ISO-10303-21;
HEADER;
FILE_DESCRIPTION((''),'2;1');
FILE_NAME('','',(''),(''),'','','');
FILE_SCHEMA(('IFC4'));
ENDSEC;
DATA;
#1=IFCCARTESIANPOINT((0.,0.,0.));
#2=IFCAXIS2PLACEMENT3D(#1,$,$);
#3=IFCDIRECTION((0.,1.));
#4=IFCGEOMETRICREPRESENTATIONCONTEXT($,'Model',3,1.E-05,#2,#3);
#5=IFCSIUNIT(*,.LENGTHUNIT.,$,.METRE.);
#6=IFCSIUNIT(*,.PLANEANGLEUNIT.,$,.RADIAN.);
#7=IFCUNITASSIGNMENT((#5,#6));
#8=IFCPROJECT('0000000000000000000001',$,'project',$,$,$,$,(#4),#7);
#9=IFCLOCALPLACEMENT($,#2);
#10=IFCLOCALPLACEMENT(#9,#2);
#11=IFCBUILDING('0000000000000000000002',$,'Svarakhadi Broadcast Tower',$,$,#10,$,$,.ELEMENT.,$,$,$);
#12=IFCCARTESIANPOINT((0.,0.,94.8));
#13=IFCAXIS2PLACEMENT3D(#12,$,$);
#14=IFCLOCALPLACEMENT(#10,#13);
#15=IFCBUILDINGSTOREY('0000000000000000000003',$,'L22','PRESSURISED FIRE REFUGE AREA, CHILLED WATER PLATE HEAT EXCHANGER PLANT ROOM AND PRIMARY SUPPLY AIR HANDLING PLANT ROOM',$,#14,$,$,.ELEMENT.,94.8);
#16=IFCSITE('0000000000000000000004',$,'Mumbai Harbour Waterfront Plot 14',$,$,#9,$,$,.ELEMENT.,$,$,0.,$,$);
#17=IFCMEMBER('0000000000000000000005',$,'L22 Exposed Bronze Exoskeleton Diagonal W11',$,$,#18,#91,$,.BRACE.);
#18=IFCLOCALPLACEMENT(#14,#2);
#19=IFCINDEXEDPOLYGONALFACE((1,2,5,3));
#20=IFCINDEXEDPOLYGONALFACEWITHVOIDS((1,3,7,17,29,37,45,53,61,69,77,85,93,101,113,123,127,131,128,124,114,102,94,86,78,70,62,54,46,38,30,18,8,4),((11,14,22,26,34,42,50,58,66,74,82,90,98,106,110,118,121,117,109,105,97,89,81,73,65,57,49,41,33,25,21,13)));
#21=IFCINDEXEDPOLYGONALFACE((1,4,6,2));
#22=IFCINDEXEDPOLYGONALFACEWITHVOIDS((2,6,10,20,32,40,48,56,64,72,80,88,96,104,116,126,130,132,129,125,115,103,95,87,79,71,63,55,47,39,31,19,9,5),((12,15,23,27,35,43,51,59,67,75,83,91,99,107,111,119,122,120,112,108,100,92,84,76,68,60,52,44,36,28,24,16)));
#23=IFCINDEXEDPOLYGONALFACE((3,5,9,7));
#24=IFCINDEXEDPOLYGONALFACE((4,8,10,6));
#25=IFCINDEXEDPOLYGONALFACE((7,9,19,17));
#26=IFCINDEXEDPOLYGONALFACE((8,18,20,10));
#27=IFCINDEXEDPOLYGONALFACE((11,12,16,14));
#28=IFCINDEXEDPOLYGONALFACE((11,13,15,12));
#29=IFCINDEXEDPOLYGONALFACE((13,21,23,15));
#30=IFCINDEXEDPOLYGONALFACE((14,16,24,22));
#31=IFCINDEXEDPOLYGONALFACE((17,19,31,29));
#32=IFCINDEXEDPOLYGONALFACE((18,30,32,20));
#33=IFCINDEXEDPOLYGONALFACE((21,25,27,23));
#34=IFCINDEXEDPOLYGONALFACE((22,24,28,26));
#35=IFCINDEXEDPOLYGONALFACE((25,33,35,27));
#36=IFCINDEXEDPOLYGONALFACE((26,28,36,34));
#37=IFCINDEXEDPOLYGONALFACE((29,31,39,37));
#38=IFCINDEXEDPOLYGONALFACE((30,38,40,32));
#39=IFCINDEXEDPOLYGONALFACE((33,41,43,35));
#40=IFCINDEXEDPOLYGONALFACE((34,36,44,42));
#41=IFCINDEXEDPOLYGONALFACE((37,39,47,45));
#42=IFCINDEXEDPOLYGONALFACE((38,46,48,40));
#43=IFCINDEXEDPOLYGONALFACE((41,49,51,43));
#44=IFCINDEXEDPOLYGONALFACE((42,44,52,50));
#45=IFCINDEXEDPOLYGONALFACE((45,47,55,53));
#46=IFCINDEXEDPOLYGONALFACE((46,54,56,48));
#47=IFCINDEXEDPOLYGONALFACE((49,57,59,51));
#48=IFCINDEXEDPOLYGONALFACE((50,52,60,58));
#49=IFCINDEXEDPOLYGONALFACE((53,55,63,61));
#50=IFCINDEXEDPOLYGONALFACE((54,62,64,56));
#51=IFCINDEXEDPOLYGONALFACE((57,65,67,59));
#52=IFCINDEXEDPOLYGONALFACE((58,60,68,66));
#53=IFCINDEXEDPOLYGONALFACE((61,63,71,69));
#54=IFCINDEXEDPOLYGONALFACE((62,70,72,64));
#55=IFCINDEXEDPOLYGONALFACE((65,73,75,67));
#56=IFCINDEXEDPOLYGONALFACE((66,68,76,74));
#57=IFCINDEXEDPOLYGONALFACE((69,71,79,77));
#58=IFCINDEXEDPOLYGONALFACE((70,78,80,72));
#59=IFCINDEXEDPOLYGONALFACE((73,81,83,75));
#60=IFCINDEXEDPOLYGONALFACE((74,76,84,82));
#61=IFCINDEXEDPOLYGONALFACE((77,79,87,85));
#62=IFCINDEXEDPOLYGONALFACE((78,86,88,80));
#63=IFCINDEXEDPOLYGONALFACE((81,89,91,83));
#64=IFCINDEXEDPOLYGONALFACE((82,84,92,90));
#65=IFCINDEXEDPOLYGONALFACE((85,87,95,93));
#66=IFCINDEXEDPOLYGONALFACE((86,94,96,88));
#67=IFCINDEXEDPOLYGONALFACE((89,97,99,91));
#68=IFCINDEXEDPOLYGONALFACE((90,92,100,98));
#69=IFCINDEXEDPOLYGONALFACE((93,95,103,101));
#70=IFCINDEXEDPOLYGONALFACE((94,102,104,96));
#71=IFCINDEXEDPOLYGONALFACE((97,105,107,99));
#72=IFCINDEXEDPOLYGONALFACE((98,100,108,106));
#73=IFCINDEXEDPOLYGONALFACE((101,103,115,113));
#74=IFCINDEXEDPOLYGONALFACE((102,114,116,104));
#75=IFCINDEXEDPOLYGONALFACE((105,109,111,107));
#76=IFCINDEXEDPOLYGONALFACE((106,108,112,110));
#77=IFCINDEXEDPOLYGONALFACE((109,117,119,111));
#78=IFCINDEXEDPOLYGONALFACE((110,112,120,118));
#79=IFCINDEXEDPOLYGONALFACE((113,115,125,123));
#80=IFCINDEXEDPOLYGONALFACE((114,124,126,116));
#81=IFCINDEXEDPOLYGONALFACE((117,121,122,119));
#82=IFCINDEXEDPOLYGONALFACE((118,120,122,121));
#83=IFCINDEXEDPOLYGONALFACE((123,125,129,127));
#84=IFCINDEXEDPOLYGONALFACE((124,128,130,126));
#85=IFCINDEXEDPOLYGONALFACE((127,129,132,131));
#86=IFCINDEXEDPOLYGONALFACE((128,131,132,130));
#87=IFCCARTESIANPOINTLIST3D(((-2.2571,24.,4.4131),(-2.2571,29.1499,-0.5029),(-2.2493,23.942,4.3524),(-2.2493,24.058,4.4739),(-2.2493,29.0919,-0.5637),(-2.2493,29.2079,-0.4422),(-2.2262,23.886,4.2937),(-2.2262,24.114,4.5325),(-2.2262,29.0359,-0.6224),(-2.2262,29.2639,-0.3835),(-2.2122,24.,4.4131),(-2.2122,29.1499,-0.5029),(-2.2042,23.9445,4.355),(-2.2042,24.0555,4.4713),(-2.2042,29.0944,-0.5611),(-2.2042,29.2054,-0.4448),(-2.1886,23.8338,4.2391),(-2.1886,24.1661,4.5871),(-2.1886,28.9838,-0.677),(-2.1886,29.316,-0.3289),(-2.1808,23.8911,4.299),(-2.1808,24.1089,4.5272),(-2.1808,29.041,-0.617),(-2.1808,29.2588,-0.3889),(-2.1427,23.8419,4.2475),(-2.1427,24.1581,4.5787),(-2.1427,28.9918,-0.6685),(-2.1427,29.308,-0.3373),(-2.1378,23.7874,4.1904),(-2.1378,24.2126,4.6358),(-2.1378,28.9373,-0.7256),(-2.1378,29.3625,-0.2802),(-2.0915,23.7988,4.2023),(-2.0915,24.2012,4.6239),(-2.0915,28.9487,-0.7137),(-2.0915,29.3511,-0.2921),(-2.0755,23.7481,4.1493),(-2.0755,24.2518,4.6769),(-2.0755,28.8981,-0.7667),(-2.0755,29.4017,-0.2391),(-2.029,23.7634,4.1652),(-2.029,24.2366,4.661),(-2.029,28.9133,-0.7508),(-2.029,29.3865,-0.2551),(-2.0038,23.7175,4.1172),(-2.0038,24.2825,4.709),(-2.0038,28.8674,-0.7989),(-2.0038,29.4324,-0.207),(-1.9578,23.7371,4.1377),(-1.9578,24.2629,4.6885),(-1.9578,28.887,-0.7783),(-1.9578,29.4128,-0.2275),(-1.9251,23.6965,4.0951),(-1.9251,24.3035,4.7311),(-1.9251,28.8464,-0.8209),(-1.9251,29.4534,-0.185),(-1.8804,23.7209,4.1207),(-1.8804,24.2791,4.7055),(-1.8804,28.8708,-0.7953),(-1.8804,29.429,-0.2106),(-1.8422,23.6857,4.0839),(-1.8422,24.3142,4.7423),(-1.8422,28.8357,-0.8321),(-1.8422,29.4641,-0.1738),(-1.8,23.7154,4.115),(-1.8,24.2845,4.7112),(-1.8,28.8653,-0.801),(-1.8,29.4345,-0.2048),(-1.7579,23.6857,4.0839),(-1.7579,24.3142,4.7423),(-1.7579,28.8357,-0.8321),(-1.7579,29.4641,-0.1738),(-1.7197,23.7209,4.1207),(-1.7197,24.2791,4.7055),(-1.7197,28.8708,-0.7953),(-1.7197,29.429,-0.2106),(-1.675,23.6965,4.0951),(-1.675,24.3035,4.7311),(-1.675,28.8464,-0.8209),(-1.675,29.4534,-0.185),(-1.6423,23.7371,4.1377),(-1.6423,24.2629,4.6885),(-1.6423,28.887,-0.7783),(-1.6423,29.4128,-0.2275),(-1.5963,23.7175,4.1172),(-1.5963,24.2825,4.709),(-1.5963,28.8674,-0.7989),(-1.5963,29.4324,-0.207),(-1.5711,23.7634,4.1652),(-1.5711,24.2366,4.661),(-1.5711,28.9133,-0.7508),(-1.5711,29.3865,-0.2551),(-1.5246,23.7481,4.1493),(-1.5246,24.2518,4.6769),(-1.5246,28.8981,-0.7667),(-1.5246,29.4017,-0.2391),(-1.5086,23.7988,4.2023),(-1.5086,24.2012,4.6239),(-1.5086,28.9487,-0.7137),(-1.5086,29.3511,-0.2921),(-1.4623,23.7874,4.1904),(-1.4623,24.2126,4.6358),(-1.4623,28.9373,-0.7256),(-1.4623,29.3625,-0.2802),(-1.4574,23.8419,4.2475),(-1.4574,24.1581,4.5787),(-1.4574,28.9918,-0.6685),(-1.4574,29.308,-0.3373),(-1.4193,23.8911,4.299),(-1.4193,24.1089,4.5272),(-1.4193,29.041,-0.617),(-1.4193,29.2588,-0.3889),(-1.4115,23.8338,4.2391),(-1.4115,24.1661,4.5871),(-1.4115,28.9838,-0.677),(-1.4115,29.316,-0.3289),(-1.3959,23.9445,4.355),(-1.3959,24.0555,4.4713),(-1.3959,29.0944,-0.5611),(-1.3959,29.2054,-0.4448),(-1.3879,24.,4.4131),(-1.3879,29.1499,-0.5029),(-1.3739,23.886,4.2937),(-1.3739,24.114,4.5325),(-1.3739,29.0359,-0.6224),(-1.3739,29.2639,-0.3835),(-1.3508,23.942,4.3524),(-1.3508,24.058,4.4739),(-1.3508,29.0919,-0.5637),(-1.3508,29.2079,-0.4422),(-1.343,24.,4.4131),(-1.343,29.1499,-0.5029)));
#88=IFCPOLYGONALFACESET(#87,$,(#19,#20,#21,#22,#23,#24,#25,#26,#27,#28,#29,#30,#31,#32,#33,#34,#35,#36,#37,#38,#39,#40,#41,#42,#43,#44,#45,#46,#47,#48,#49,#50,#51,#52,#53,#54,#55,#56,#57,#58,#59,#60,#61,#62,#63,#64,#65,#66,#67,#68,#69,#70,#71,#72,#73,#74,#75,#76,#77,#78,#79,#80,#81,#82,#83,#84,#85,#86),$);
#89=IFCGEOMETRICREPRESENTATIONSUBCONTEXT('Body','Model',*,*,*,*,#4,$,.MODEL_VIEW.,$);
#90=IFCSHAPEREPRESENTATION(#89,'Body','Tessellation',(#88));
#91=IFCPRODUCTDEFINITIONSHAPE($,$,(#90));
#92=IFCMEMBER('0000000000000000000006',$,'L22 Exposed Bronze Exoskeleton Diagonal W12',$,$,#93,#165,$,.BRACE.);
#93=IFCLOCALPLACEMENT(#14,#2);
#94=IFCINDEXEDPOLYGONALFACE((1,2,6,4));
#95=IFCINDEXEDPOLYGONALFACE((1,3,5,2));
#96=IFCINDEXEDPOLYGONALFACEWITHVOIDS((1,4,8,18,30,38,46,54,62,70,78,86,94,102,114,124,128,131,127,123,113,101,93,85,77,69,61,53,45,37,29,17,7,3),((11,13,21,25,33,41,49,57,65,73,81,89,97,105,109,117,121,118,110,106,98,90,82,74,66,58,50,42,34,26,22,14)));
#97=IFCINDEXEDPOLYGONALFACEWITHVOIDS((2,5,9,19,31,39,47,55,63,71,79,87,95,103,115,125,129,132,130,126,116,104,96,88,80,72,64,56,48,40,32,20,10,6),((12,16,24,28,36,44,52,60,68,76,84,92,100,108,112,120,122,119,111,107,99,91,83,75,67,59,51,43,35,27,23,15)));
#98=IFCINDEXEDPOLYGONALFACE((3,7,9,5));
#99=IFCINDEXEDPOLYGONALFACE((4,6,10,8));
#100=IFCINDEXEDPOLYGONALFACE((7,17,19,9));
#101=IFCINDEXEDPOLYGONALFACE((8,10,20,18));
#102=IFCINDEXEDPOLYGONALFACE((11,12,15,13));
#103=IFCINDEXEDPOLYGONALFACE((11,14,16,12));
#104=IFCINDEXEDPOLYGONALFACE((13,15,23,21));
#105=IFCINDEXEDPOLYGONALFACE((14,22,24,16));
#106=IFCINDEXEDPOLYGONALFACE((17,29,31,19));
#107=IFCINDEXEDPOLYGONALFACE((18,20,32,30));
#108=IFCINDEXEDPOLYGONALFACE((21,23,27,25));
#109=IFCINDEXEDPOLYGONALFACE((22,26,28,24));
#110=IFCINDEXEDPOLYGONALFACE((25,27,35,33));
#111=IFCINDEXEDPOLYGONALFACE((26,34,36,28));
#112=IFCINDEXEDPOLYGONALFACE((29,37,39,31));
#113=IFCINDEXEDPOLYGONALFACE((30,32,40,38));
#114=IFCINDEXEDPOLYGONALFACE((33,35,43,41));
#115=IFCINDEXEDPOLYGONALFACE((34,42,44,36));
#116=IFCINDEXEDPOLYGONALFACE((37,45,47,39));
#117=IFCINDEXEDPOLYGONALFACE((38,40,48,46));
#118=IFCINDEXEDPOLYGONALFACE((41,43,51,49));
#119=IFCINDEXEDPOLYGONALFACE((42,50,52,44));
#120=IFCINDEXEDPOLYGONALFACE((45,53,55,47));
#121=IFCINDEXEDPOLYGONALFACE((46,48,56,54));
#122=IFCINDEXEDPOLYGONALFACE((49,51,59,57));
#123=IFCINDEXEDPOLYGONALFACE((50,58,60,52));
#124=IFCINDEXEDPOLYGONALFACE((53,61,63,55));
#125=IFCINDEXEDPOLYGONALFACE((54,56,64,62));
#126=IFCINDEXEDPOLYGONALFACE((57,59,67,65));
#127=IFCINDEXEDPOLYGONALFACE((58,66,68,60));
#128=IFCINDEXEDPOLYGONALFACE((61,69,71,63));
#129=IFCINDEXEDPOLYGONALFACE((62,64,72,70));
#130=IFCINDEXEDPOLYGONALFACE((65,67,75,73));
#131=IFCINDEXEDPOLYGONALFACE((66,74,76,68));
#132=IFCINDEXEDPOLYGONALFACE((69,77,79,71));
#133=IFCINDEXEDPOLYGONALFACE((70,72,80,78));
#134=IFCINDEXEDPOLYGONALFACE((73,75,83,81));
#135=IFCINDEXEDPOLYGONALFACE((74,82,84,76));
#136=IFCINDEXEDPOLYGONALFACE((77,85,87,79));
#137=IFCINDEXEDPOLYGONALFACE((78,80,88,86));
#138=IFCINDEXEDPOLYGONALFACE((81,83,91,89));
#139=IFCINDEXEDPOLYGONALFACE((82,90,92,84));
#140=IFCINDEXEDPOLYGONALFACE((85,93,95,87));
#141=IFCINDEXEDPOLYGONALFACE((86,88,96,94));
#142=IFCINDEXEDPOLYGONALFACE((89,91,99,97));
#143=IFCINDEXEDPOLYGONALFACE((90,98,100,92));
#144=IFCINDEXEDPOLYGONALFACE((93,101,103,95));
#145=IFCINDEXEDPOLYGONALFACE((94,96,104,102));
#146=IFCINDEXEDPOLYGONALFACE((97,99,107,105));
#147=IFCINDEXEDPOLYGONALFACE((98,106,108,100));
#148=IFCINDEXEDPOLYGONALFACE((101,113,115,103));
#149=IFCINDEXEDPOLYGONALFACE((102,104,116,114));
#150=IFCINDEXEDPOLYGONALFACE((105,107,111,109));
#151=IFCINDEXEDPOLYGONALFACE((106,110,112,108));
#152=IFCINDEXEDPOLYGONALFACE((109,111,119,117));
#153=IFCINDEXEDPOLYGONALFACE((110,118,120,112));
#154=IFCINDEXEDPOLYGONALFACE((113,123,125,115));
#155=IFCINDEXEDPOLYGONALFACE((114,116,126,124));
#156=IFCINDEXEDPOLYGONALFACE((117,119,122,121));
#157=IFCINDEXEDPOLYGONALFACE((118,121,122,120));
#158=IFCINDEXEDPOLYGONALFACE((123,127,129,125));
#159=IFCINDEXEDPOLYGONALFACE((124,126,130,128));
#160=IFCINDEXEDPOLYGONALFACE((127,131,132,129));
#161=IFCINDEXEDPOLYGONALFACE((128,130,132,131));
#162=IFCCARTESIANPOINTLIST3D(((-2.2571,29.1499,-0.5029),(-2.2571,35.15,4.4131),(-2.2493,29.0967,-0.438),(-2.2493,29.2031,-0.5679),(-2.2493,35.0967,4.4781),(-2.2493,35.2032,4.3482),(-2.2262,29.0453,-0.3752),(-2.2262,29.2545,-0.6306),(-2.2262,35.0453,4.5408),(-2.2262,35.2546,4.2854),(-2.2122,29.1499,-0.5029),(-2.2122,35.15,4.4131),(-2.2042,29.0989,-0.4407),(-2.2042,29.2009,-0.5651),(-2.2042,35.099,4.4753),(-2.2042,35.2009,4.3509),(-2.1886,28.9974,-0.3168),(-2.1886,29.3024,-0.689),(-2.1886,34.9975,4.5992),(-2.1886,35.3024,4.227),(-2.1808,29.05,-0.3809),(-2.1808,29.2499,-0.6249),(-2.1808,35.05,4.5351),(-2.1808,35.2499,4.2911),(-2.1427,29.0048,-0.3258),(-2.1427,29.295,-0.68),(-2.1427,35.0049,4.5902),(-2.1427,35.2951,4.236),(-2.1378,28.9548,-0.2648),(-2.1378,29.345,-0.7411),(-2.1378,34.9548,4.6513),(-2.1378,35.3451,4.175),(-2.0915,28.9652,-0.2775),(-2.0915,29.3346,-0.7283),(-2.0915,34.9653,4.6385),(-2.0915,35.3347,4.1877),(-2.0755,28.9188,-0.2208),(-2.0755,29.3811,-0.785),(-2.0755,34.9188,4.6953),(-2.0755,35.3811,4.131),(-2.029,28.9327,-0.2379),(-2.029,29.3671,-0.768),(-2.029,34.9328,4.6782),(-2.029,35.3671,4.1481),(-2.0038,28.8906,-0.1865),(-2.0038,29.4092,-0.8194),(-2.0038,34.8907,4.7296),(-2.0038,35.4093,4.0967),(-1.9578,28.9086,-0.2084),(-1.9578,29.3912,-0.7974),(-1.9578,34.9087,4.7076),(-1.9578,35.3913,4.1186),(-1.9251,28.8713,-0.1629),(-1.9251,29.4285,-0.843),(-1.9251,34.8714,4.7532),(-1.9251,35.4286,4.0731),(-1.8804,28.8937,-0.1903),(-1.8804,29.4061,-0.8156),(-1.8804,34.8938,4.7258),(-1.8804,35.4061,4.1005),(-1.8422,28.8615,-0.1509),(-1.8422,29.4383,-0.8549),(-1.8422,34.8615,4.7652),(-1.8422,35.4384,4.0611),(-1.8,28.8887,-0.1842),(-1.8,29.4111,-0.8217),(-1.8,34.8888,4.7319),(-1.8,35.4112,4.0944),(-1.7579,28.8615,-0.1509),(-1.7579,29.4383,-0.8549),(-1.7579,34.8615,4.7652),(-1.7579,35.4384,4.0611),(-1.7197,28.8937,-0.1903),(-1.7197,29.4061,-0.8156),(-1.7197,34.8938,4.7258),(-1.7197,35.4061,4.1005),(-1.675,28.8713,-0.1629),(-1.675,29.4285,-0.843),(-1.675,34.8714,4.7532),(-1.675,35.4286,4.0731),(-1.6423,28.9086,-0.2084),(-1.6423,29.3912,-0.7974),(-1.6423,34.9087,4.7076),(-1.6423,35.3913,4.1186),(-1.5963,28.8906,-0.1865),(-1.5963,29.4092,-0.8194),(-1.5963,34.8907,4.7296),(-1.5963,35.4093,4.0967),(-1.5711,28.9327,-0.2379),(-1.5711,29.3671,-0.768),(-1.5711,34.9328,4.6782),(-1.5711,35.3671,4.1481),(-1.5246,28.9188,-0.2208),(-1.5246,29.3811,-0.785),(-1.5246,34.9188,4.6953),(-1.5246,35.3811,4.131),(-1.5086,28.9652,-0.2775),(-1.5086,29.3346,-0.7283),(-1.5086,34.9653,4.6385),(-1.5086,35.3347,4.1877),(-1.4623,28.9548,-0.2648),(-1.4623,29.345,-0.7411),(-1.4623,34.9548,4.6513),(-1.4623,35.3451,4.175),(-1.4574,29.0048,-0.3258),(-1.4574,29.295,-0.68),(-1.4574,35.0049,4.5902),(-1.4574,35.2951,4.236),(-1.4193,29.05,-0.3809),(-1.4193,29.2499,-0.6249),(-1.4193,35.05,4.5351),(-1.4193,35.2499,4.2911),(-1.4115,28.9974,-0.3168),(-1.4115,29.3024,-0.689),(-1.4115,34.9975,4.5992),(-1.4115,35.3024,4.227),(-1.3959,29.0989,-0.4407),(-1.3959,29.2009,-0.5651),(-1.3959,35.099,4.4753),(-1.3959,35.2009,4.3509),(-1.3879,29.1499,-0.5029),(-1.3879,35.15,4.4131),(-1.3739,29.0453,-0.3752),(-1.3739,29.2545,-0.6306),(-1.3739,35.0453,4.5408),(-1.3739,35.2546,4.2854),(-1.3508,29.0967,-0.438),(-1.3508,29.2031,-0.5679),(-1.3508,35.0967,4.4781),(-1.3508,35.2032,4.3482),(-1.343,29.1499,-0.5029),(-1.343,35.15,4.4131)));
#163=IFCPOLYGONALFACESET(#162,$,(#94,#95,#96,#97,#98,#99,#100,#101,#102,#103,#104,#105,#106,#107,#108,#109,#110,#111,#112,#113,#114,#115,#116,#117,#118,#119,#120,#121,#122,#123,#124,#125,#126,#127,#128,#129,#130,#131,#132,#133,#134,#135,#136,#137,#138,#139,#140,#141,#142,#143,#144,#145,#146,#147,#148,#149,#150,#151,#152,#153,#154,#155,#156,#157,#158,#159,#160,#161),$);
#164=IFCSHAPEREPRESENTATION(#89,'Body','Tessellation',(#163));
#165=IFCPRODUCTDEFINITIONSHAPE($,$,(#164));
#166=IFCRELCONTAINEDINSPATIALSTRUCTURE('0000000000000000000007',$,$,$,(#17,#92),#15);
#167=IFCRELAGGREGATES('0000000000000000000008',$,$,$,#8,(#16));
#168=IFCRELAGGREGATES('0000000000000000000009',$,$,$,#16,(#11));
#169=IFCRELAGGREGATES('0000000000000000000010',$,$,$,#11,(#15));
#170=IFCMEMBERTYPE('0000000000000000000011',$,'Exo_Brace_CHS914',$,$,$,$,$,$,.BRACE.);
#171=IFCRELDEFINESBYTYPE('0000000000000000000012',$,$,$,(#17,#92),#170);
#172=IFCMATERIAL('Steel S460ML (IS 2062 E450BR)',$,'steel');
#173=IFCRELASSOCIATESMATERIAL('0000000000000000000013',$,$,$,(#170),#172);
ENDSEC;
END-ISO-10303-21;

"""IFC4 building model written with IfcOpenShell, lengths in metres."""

from ifc_helpers import new_model, si_unit, direction, frame, origin, origin_2d, place, context, subcontext, project, spatial, hollow_circle, extrude, material, material_profile, profile_set, type_object, element, save


model = new_model("IFC4")

# Units and contexts
model_context = context("Model", 3, precision=1e-05, world=origin(), true_north=direction((0.0, 1.0)))
body_context = subcontext(model_context, "Body", "Model", "MODEL_VIEW")
ifc_project = project(units=[si_unit("LENGTHUNIT", "METRE"), si_unit("PLANEANGLEUNIT", "RADIAN")], contexts=[model_context])

# Site, building, storey
site_placement = place(None, origin())
site = spatial("IfcSite", under=ifc_project, at=site_placement, Name="Mumbai Harbour Waterfront Plot 14", CompositionType="ELEMENT", RefElevation=0.0)
building_placement = place(site_placement, origin())
building = spatial("IfcBuilding", under=site, at=building_placement, Name="Svarakhadi Broadcast Tower", CompositionType="ELEMENT")
storey_placement = place(building_placement, frame((0.0, 0.0, 94.8)))
storey = spatial("IfcBuildingStorey", under=building, at=storey_placement, Name="L22", Description="PRESSURISED FIRE REFUGE AREA, CHILLED WATER PLATE HEAT EXCHANGER PLANT ROOM AND PRIMARY SUPPLY AIR HANDLING PLANT ROOM", CompositionType="ELEMENT", Elevation=94.8)

# Shared definitions
ifc_material_1 = material(Name="Steel S460ML (IS 2062 E450BR)", Category="steel")

# Members
ifc_material_profile_1 = material_profile(ifc_material_1, hollow_circle(Radius=0.457, WallThickness=0.0449, at=origin_2d()), Name="CHS 914x45")
ifc_profile_set_1 = profile_set([ifc_material_profile_1], Name="Steel S460ML (IS 2062 E450BR)")
member_type_1 = type_object("IfcMemberType", Name="Exo_Brace_CHS914", PredefinedType="BRACE", material=ifc_profile_set_1)
member_1_placement = place(storey_placement, frame((-1.8, 29.1499, -0.5029), z_axis=(0.0, -0.723342, 0.69049), x_axis=(1.0, 0.0, 0.0)))
element("IfcMember", 1, at=member_1_placement, inside=storey, type_object=member_type_1, Name="L22 Exposed Bronze Exoskeleton Diagonal W11", PredefinedType="BRACE", context=body_context, shape_type="SweptSolid", body=[
    extrude(hollow_circle(Radius=0.457, WallThickness=0.0449, at=origin_2d()), origin(), (0.0, 0.0, 1.0), 7.1196),
])
member_2_placement = place(storey_placement, frame((-1.8, 29.1499, -0.5029), z_axis=(0.0, 0.77352, 0.633772), x_axis=(-1.0, 0.0, 0.0)))
element("IfcMember", 2, at=member_2_placement, inside=storey, type_object=member_type_1, Name="L22 Exposed Bronze Exoskeleton Diagonal W12", PredefinedType="BRACE", context=body_context, shape_type="SweptSolid", body=[
    extrude(hollow_circle(Radius=0.457, WallThickness=0.0449, at=origin_2d()), origin(), (0.0, 0.0, 1.0), 7.7568),
])

save(model, "model.ifc")
